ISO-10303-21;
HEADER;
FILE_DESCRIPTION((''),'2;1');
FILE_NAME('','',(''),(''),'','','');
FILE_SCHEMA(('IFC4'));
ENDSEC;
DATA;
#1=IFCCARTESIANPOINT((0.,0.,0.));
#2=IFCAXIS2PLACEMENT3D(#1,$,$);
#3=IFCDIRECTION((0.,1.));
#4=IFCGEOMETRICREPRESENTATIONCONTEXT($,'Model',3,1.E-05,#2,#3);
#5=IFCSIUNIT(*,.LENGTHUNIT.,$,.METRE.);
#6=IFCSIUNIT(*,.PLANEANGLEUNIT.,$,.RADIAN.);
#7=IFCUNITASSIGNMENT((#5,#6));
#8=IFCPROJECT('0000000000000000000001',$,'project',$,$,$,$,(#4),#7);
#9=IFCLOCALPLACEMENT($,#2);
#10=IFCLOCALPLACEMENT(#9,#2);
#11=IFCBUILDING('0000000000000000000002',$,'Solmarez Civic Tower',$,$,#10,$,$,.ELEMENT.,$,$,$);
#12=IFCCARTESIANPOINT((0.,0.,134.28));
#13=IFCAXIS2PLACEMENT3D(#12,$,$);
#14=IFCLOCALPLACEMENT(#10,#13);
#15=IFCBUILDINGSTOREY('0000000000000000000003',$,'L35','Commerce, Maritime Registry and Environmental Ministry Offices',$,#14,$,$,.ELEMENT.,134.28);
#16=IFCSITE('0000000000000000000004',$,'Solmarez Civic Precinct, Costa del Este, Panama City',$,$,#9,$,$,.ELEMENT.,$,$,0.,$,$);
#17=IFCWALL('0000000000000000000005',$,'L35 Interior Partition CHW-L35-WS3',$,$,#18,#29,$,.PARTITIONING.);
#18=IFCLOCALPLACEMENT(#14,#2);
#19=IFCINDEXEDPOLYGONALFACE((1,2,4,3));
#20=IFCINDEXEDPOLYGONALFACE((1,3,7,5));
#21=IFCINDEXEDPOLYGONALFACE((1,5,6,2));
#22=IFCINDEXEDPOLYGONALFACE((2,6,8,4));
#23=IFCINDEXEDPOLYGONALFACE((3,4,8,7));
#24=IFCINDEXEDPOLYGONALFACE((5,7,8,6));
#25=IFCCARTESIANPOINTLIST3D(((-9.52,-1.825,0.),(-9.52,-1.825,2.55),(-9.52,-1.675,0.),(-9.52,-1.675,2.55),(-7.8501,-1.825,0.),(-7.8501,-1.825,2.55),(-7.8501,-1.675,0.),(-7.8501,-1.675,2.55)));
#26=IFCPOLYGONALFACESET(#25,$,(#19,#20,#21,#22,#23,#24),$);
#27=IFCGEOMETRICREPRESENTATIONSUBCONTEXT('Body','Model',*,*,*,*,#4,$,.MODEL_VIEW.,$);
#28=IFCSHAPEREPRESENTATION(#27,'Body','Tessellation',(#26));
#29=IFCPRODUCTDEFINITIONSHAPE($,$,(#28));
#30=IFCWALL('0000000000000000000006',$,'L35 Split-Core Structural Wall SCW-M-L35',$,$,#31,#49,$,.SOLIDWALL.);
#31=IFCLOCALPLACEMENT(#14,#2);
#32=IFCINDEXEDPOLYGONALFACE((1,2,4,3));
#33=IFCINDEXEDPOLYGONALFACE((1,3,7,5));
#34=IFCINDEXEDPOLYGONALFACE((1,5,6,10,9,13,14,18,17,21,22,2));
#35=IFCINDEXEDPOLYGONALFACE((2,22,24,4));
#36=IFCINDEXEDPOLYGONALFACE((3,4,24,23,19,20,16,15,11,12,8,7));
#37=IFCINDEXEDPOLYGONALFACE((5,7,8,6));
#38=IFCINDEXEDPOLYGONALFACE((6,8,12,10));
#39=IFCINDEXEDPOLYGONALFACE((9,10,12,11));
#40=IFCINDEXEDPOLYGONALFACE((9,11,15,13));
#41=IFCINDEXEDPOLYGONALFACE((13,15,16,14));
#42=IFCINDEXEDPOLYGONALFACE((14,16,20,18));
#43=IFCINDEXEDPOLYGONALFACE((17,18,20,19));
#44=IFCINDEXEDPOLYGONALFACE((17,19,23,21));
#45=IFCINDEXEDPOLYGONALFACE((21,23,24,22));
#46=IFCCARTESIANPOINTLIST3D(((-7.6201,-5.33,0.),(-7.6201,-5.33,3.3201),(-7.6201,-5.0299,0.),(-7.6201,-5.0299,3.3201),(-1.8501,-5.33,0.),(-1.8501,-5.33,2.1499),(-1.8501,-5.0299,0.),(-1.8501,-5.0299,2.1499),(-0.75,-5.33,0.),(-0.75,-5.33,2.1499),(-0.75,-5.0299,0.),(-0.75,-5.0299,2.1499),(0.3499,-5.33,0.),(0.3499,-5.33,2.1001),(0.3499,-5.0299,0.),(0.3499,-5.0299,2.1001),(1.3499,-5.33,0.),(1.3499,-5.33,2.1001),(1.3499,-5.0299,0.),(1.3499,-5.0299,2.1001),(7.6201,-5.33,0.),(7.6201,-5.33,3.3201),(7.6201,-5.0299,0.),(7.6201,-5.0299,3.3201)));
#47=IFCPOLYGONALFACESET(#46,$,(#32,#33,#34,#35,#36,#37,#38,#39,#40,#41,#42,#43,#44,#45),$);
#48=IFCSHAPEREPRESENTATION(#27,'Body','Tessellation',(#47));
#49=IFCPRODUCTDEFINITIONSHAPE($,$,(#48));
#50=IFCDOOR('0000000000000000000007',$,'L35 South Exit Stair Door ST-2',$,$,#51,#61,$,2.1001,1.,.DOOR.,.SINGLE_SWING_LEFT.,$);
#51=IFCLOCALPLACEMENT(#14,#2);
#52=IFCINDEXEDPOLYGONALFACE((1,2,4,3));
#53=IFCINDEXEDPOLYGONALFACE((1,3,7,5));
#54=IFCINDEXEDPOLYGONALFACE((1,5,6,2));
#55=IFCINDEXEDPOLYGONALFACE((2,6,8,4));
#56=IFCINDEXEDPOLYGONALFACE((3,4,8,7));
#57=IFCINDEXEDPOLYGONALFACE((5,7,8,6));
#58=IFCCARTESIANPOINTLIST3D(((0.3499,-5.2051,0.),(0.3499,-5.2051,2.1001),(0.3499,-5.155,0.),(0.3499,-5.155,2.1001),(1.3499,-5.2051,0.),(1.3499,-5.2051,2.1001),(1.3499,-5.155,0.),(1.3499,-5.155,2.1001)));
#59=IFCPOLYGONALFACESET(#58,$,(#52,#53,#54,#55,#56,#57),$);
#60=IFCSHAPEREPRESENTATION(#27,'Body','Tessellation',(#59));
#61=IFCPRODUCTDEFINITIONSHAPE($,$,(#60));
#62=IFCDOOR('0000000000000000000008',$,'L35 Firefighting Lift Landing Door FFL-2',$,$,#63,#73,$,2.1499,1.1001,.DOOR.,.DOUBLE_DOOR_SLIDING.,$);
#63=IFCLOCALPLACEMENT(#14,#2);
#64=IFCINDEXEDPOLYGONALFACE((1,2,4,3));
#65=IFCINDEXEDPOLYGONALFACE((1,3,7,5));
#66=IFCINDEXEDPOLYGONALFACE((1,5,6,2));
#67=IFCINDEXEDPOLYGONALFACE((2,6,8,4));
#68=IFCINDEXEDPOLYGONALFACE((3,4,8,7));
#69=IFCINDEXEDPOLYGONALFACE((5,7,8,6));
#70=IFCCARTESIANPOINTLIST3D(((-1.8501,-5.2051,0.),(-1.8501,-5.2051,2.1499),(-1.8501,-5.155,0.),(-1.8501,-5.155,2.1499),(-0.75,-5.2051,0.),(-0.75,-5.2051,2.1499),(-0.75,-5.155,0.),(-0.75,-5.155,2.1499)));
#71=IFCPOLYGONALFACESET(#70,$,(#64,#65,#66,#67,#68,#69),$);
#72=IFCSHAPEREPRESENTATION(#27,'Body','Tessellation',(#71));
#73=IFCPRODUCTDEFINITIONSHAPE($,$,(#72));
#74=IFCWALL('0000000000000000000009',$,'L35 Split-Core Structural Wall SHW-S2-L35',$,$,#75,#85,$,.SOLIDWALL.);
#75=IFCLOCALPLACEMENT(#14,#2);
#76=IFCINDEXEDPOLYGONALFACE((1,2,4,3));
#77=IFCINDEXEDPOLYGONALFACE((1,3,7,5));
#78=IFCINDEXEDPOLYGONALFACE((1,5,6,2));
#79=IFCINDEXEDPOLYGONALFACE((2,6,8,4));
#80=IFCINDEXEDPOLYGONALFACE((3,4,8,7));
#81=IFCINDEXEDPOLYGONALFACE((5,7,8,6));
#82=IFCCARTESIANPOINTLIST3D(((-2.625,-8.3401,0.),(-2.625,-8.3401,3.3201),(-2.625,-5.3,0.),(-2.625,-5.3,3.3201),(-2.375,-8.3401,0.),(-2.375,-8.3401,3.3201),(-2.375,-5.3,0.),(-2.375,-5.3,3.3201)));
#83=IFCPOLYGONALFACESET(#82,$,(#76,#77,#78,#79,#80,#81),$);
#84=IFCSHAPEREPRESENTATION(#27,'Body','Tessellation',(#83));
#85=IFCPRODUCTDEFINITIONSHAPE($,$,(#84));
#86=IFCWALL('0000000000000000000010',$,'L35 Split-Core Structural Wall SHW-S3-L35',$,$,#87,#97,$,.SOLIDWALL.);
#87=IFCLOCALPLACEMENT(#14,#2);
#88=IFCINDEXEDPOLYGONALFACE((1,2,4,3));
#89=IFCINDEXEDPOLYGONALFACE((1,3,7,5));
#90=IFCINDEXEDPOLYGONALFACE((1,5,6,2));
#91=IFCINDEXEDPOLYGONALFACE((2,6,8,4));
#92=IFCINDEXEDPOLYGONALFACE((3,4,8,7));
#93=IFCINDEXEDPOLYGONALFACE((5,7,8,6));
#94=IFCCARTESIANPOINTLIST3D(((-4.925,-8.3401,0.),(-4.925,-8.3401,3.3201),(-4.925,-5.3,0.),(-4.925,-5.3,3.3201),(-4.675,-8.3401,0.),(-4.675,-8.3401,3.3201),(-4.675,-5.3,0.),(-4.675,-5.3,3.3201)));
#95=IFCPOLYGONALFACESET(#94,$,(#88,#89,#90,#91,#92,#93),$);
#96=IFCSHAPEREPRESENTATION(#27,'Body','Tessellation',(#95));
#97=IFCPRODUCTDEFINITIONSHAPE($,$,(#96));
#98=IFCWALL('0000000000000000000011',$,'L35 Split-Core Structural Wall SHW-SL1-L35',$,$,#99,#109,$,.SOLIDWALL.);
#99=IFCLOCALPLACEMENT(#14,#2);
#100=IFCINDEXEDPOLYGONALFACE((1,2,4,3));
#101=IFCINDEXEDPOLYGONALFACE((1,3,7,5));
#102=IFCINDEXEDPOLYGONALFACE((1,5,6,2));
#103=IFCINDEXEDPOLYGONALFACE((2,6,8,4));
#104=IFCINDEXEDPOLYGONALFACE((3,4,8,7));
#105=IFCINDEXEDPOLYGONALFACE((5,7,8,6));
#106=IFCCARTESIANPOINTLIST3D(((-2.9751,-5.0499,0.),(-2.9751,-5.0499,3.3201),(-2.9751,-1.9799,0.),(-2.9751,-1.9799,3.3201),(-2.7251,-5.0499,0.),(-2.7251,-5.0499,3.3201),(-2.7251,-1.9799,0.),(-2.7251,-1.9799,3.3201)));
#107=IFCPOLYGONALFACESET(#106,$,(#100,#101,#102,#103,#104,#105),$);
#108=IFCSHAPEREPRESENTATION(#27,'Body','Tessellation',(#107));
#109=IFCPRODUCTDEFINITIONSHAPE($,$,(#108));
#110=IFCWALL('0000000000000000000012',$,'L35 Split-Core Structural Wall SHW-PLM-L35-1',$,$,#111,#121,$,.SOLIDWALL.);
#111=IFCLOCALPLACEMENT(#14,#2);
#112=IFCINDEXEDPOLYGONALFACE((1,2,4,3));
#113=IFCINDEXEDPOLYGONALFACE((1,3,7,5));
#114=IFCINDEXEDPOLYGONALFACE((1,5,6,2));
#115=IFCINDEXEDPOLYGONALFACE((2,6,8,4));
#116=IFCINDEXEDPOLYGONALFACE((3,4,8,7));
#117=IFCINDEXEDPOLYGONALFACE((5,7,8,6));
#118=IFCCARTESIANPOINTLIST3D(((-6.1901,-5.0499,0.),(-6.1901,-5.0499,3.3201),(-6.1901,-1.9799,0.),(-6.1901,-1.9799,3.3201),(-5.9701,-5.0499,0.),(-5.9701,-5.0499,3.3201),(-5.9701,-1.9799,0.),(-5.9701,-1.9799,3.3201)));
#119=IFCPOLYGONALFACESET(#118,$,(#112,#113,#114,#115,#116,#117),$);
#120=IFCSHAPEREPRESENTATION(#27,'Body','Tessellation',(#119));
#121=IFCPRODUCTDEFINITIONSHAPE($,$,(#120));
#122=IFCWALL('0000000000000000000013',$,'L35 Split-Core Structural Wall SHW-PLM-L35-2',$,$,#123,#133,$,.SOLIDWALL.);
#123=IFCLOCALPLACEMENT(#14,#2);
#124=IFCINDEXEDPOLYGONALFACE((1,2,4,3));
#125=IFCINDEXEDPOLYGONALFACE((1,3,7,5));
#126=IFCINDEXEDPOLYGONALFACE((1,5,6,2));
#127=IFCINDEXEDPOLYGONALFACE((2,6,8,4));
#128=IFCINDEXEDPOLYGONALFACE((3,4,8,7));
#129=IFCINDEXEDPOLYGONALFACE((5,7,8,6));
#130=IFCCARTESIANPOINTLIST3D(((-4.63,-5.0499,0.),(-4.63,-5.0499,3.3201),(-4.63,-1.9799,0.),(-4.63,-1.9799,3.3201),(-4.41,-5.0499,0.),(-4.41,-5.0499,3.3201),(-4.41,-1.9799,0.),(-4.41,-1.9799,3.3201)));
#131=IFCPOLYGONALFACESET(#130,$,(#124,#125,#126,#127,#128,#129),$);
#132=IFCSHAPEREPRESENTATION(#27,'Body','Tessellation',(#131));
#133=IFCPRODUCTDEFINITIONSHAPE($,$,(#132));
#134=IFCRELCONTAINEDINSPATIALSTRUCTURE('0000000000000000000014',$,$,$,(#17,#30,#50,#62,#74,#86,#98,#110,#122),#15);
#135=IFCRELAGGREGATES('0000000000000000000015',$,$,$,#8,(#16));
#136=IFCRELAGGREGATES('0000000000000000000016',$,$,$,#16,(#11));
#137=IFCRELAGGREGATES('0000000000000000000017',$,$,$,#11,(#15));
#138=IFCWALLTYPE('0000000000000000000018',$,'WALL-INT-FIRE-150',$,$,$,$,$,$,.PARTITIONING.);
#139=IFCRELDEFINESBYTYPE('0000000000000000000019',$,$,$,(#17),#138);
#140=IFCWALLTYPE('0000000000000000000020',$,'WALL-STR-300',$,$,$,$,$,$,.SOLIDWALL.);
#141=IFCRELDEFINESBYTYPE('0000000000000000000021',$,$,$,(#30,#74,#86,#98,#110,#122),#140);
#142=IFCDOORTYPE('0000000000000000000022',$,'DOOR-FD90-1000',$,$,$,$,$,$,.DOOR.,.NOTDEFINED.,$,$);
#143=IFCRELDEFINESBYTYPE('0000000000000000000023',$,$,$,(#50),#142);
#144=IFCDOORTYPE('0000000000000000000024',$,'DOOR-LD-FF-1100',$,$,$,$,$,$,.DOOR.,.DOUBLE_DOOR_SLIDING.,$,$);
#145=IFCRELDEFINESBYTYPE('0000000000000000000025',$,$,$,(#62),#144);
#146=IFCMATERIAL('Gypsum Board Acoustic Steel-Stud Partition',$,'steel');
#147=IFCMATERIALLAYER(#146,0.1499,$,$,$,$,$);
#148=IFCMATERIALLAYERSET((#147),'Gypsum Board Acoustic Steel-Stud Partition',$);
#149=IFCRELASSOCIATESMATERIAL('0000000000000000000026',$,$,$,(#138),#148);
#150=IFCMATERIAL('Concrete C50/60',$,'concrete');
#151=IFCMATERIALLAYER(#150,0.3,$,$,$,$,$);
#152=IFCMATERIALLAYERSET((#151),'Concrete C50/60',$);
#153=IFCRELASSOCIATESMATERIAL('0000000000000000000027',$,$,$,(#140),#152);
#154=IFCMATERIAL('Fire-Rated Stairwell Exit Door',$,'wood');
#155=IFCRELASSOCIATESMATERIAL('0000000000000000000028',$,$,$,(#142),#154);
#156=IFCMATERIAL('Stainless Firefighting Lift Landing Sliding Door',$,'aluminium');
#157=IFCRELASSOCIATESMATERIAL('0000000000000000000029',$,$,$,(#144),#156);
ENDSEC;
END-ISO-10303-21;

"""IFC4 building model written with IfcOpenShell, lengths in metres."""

from ifc_helpers import new_model, si_unit, direction, frame, frame_2d, origin, place, context, subcontext, project, spatial, rectangle, extrude, material, layer, layer_set, type_object, element, fill, save


model = new_model("IFC4")

# Units and contexts
model_context = context("Model", 3, precision=1e-05, world=origin(), true_north=direction((0.0, 1.0)))
body_context = subcontext(model_context, "Body", "Model", "MODEL_VIEW")
ifc_project = project(units=[si_unit("LENGTHUNIT", "METRE"), si_unit("PLANEANGLEUNIT", "RADIAN")], contexts=[model_context])

# Site, building, storey
site_placement = place(None, origin())
site = spatial("IfcSite", under=ifc_project, at=site_placement, Name="Solmarez Civic Precinct, Costa del Este, Panama City", CompositionType="ELEMENT", RefElevation=0.0)
building_placement = place(site_placement, origin())
building = spatial("IfcBuilding", under=site, at=building_placement, Name="Solmarez Civic Tower", CompositionType="ELEMENT")
storey_placement = place(building_placement, frame((0.0, 0.0, 134.28)))
storey = spatial("IfcBuildingStorey", under=building, at=storey_placement, Name="L35", Description="Commerce, Maritime Registry and Environmental Ministry Offices", CompositionType="ELEMENT", Elevation=134.28)

# Shared definitions
ifc_material_1 = material(Name="Concrete C50/60", Category="concrete")

# Wall
ifc_material_2 = material(Name="Gypsum Board Acoustic Steel-Stud Partition", Category="steel")
ifc_layer_1 = layer(ifc_material_2, 0.1499)
ifc_layer_set_1 = layer_set([ifc_layer_1], Name="Gypsum Board Acoustic Steel-Stud Partition")
wall_type_1 = type_object("IfcWallType", Name="WALL-INT-FIRE-150", PredefinedType="PARTITIONING", material=ifc_layer_set_1)
wall_1_placement = place(storey_placement, frame((-7.8501, -1.75, 0.0), z_axis=(0.0, 0.0, 1.0), x_axis=(-1.0, 0.0, 0.0)))
element("IfcWall", 1, at=wall_1_placement, inside=storey, type_object=wall_type_1, Name="L35 Interior Partition CHW-L35-WS3", PredefinedType="PARTITIONING", context=body_context, shape_type="SweptSolid", body=[
    extrude(rectangle(XDim=1.6699, YDim=0.1499, at=frame_2d((0.835, 0.0))), origin(), (0.0, 0.0, 1.0), 2.55),
])

# Wall, openings, doors
ifc_layer_2 = layer(ifc_material_1, 0.3)
ifc_layer_set_2 = layer_set([ifc_layer_2], Name="Concrete C50/60")
wall_type_2 = type_object("IfcWallType", Name="WALL-STR-300", PredefinedType="SOLIDWALL", material=ifc_layer_set_2)
wall_2_placement = place(storey_placement, frame((-7.6201, -5.1799, 0.0), z_axis=(0.0, 0.0, 1.0), x_axis=(1.0, 0.0, 0.0)))
wall_2 = element("IfcWall", 2, at=wall_2_placement, inside=storey, type_object=wall_type_2, Name="L35 Split-Core Structural Wall SCW-M-L35", PredefinedType="SOLIDWALL", context=body_context, shape_type="SweptSolid", body=[
    extrude(rectangle(XDim=15.2402, YDim=0.3, at=frame_2d((7.6201, 0.0))), origin(), (0.0, 0.0, 1.0), 3.3201),
])
opening_1_placement = place(wall_2_placement, frame((5.77, 0.0, 0.0)))
opening_1 = element("IfcOpeningElement", 3, at=opening_1_placement, cuts=wall_2, PredefinedType="OPENING", context=body_context, shape_type="SweptSolid", body=[
    extrude(rectangle(XDim=1.1001, YDim=2.1499, at=frame_2d((0.55, 1.075))), frame((0.0, 0.1599, 0.0), z_axis=(0.0, -1.0, 0.0), x_axis=(1.0, 0.0, 0.0)), (0.0, 0.0, 1.0), 0.3201),
])
opening_2_placement = place(wall_2_placement, frame((7.97, 0.0, 0.0)))
opening_2 = element("IfcOpeningElement", 4, at=opening_2_placement, cuts=wall_2, PredefinedType="OPENING", context=body_context, shape_type="SweptSolid", body=[
    extrude(rectangle(XDim=1.0, YDim=2.1001, at=frame_2d((0.5, 1.05))), frame((0.0, 0.1599, 0.0), z_axis=(0.0, -1.0, 0.0), x_axis=(1.0, 0.0, 0.0)), (0.0, 0.0, 1.0), 0.3201),
])
ifc_material_3 = material(Name="Fire-Rated Stairwell Exit Door", Category="wood")
door_type_1 = type_object("IfcDoorType", Name="DOOR-FD90-1000", OperationType="NOTDEFINED", PredefinedType="DOOR", material=ifc_material_3)
door_1_placement = place(opening_2_placement, origin())
door_1 = element("IfcDoor", 5, at=door_1_placement, inside=storey, type_object=door_type_1, Name="L35 South Exit Stair Door ST-2", OperationType="SINGLE_SWING_LEFT", OverallHeight=2.1001, OverallWidth=1.0, PredefinedType="DOOR", context=body_context, shape_type="SweptSolid", body=[
    extrude(rectangle(XDim=1.0, YDim=2.1001, at=frame_2d((0.5, 1.05))), frame((0.0, 0.0249, 0.0), z_axis=(0.0, -1.0, 0.0), x_axis=(1.0, 0.0, 0.0)), (0.0, 0.0, 1.0), 0.05),
])
fill(opening_2, door_1)
ifc_material_4 = material(Name="Stainless Firefighting Lift Landing Sliding Door", Category="aluminium")
door_type_2 = type_object("IfcDoorType", Name="DOOR-LD-FF-1100", OperationType="DOUBLE_DOOR_SLIDING", PredefinedType="DOOR", material=ifc_material_4)
door_2_placement = place(opening_1_placement, origin())
door_2 = element("IfcDoor", 6, at=door_2_placement, inside=storey, type_object=door_type_2, Name="L35 Firefighting Lift Landing Door FFL-2", OperationType="DOUBLE_DOOR_SLIDING", OverallHeight=2.1499, OverallWidth=1.1001, PredefinedType="DOOR", context=body_context, shape_type="SweptSolid", body=[
    extrude(rectangle(XDim=1.1001, YDim=2.1499, at=frame_2d((0.55, 1.075))), frame((0.0, 0.0249, 0.0), z_axis=(0.0, -1.0, 0.0), x_axis=(1.0, 0.0, 0.0)), (0.0, 0.0, 1.0), 0.05),
])
fill(opening_1, door_2)

# Walls
for number, where, z_axis, x_axis, name in (
    (7, (-2.5, -8.3401, 0.0), (0.0, 0.0, 1.0), (0.0, 1.0, 0.0), "L35 Split-Core Structural Wall SHW-S2-L35"),
    (8, (-4.8, -8.3401, 0.0), (0.0, 0.0, 1.0), (0.0, 1.0, 0.0), "L35 Split-Core Structural Wall SHW-S3-L35"),
):
    element("IfcWall", number, at=place(storey_placement, frame(where, z_axis=z_axis, x_axis=x_axis)), inside=storey, type_object=wall_type_2, Name=name, PredefinedType="SOLIDWALL", context=body_context, shape_type="SweptSolid", body=[
        extrude(rectangle(XDim=3.04, YDim=0.25, at=frame_2d((1.52, 0.0))), origin(), (0.0, 0.0, 1.0), 3.3201),
    ])
wall_3_placement = place(storey_placement, frame((-2.8501, -5.05, 0.0), z_axis=(0.0, 0.0, 1.0), x_axis=(0.0, 1.0, 0.0)))
element("IfcWall", 9, at=wall_3_placement, inside=storey, type_object=wall_type_2, Name="L35 Split-Core Structural Wall SHW-SL1-L35", PredefinedType="SOLIDWALL", context=body_context, shape_type="SweptSolid", body=[
    extrude(rectangle(XDim=3.0701, YDim=0.25, at=frame_2d((1.5352, 0.0))), origin(), (0.0, 0.0, 1.0), 3.3201),
])
for number, where, z_axis, x_axis, name in (
    (10, (-6.0801, -5.05, 0.0), (0.0, 0.0, 1.0), (0.0, 1.0, 0.0), "L35 Split-Core Structural Wall SHW-PLM-L35-1"),
    (11, (-4.52, -5.05, 0.0), (0.0, 0.0, 1.0), (0.0, 1.0, 0.0), "L35 Split-Core Structural Wall SHW-PLM-L35-2"),
):
    element("IfcWall", number, at=place(storey_placement, frame(where, z_axis=z_axis, x_axis=x_axis)), inside=storey, type_object=wall_type_2, Name=name, PredefinedType="SOLIDWALL", context=body_context, shape_type="SweptSolid", body=[
        extrude(rectangle(XDim=3.0701, YDim=0.22, at=frame_2d((1.5352, 0.0))), origin(), (0.0, 0.0, 1.0), 3.3201),
    ])

save(model, "model.ifc")
